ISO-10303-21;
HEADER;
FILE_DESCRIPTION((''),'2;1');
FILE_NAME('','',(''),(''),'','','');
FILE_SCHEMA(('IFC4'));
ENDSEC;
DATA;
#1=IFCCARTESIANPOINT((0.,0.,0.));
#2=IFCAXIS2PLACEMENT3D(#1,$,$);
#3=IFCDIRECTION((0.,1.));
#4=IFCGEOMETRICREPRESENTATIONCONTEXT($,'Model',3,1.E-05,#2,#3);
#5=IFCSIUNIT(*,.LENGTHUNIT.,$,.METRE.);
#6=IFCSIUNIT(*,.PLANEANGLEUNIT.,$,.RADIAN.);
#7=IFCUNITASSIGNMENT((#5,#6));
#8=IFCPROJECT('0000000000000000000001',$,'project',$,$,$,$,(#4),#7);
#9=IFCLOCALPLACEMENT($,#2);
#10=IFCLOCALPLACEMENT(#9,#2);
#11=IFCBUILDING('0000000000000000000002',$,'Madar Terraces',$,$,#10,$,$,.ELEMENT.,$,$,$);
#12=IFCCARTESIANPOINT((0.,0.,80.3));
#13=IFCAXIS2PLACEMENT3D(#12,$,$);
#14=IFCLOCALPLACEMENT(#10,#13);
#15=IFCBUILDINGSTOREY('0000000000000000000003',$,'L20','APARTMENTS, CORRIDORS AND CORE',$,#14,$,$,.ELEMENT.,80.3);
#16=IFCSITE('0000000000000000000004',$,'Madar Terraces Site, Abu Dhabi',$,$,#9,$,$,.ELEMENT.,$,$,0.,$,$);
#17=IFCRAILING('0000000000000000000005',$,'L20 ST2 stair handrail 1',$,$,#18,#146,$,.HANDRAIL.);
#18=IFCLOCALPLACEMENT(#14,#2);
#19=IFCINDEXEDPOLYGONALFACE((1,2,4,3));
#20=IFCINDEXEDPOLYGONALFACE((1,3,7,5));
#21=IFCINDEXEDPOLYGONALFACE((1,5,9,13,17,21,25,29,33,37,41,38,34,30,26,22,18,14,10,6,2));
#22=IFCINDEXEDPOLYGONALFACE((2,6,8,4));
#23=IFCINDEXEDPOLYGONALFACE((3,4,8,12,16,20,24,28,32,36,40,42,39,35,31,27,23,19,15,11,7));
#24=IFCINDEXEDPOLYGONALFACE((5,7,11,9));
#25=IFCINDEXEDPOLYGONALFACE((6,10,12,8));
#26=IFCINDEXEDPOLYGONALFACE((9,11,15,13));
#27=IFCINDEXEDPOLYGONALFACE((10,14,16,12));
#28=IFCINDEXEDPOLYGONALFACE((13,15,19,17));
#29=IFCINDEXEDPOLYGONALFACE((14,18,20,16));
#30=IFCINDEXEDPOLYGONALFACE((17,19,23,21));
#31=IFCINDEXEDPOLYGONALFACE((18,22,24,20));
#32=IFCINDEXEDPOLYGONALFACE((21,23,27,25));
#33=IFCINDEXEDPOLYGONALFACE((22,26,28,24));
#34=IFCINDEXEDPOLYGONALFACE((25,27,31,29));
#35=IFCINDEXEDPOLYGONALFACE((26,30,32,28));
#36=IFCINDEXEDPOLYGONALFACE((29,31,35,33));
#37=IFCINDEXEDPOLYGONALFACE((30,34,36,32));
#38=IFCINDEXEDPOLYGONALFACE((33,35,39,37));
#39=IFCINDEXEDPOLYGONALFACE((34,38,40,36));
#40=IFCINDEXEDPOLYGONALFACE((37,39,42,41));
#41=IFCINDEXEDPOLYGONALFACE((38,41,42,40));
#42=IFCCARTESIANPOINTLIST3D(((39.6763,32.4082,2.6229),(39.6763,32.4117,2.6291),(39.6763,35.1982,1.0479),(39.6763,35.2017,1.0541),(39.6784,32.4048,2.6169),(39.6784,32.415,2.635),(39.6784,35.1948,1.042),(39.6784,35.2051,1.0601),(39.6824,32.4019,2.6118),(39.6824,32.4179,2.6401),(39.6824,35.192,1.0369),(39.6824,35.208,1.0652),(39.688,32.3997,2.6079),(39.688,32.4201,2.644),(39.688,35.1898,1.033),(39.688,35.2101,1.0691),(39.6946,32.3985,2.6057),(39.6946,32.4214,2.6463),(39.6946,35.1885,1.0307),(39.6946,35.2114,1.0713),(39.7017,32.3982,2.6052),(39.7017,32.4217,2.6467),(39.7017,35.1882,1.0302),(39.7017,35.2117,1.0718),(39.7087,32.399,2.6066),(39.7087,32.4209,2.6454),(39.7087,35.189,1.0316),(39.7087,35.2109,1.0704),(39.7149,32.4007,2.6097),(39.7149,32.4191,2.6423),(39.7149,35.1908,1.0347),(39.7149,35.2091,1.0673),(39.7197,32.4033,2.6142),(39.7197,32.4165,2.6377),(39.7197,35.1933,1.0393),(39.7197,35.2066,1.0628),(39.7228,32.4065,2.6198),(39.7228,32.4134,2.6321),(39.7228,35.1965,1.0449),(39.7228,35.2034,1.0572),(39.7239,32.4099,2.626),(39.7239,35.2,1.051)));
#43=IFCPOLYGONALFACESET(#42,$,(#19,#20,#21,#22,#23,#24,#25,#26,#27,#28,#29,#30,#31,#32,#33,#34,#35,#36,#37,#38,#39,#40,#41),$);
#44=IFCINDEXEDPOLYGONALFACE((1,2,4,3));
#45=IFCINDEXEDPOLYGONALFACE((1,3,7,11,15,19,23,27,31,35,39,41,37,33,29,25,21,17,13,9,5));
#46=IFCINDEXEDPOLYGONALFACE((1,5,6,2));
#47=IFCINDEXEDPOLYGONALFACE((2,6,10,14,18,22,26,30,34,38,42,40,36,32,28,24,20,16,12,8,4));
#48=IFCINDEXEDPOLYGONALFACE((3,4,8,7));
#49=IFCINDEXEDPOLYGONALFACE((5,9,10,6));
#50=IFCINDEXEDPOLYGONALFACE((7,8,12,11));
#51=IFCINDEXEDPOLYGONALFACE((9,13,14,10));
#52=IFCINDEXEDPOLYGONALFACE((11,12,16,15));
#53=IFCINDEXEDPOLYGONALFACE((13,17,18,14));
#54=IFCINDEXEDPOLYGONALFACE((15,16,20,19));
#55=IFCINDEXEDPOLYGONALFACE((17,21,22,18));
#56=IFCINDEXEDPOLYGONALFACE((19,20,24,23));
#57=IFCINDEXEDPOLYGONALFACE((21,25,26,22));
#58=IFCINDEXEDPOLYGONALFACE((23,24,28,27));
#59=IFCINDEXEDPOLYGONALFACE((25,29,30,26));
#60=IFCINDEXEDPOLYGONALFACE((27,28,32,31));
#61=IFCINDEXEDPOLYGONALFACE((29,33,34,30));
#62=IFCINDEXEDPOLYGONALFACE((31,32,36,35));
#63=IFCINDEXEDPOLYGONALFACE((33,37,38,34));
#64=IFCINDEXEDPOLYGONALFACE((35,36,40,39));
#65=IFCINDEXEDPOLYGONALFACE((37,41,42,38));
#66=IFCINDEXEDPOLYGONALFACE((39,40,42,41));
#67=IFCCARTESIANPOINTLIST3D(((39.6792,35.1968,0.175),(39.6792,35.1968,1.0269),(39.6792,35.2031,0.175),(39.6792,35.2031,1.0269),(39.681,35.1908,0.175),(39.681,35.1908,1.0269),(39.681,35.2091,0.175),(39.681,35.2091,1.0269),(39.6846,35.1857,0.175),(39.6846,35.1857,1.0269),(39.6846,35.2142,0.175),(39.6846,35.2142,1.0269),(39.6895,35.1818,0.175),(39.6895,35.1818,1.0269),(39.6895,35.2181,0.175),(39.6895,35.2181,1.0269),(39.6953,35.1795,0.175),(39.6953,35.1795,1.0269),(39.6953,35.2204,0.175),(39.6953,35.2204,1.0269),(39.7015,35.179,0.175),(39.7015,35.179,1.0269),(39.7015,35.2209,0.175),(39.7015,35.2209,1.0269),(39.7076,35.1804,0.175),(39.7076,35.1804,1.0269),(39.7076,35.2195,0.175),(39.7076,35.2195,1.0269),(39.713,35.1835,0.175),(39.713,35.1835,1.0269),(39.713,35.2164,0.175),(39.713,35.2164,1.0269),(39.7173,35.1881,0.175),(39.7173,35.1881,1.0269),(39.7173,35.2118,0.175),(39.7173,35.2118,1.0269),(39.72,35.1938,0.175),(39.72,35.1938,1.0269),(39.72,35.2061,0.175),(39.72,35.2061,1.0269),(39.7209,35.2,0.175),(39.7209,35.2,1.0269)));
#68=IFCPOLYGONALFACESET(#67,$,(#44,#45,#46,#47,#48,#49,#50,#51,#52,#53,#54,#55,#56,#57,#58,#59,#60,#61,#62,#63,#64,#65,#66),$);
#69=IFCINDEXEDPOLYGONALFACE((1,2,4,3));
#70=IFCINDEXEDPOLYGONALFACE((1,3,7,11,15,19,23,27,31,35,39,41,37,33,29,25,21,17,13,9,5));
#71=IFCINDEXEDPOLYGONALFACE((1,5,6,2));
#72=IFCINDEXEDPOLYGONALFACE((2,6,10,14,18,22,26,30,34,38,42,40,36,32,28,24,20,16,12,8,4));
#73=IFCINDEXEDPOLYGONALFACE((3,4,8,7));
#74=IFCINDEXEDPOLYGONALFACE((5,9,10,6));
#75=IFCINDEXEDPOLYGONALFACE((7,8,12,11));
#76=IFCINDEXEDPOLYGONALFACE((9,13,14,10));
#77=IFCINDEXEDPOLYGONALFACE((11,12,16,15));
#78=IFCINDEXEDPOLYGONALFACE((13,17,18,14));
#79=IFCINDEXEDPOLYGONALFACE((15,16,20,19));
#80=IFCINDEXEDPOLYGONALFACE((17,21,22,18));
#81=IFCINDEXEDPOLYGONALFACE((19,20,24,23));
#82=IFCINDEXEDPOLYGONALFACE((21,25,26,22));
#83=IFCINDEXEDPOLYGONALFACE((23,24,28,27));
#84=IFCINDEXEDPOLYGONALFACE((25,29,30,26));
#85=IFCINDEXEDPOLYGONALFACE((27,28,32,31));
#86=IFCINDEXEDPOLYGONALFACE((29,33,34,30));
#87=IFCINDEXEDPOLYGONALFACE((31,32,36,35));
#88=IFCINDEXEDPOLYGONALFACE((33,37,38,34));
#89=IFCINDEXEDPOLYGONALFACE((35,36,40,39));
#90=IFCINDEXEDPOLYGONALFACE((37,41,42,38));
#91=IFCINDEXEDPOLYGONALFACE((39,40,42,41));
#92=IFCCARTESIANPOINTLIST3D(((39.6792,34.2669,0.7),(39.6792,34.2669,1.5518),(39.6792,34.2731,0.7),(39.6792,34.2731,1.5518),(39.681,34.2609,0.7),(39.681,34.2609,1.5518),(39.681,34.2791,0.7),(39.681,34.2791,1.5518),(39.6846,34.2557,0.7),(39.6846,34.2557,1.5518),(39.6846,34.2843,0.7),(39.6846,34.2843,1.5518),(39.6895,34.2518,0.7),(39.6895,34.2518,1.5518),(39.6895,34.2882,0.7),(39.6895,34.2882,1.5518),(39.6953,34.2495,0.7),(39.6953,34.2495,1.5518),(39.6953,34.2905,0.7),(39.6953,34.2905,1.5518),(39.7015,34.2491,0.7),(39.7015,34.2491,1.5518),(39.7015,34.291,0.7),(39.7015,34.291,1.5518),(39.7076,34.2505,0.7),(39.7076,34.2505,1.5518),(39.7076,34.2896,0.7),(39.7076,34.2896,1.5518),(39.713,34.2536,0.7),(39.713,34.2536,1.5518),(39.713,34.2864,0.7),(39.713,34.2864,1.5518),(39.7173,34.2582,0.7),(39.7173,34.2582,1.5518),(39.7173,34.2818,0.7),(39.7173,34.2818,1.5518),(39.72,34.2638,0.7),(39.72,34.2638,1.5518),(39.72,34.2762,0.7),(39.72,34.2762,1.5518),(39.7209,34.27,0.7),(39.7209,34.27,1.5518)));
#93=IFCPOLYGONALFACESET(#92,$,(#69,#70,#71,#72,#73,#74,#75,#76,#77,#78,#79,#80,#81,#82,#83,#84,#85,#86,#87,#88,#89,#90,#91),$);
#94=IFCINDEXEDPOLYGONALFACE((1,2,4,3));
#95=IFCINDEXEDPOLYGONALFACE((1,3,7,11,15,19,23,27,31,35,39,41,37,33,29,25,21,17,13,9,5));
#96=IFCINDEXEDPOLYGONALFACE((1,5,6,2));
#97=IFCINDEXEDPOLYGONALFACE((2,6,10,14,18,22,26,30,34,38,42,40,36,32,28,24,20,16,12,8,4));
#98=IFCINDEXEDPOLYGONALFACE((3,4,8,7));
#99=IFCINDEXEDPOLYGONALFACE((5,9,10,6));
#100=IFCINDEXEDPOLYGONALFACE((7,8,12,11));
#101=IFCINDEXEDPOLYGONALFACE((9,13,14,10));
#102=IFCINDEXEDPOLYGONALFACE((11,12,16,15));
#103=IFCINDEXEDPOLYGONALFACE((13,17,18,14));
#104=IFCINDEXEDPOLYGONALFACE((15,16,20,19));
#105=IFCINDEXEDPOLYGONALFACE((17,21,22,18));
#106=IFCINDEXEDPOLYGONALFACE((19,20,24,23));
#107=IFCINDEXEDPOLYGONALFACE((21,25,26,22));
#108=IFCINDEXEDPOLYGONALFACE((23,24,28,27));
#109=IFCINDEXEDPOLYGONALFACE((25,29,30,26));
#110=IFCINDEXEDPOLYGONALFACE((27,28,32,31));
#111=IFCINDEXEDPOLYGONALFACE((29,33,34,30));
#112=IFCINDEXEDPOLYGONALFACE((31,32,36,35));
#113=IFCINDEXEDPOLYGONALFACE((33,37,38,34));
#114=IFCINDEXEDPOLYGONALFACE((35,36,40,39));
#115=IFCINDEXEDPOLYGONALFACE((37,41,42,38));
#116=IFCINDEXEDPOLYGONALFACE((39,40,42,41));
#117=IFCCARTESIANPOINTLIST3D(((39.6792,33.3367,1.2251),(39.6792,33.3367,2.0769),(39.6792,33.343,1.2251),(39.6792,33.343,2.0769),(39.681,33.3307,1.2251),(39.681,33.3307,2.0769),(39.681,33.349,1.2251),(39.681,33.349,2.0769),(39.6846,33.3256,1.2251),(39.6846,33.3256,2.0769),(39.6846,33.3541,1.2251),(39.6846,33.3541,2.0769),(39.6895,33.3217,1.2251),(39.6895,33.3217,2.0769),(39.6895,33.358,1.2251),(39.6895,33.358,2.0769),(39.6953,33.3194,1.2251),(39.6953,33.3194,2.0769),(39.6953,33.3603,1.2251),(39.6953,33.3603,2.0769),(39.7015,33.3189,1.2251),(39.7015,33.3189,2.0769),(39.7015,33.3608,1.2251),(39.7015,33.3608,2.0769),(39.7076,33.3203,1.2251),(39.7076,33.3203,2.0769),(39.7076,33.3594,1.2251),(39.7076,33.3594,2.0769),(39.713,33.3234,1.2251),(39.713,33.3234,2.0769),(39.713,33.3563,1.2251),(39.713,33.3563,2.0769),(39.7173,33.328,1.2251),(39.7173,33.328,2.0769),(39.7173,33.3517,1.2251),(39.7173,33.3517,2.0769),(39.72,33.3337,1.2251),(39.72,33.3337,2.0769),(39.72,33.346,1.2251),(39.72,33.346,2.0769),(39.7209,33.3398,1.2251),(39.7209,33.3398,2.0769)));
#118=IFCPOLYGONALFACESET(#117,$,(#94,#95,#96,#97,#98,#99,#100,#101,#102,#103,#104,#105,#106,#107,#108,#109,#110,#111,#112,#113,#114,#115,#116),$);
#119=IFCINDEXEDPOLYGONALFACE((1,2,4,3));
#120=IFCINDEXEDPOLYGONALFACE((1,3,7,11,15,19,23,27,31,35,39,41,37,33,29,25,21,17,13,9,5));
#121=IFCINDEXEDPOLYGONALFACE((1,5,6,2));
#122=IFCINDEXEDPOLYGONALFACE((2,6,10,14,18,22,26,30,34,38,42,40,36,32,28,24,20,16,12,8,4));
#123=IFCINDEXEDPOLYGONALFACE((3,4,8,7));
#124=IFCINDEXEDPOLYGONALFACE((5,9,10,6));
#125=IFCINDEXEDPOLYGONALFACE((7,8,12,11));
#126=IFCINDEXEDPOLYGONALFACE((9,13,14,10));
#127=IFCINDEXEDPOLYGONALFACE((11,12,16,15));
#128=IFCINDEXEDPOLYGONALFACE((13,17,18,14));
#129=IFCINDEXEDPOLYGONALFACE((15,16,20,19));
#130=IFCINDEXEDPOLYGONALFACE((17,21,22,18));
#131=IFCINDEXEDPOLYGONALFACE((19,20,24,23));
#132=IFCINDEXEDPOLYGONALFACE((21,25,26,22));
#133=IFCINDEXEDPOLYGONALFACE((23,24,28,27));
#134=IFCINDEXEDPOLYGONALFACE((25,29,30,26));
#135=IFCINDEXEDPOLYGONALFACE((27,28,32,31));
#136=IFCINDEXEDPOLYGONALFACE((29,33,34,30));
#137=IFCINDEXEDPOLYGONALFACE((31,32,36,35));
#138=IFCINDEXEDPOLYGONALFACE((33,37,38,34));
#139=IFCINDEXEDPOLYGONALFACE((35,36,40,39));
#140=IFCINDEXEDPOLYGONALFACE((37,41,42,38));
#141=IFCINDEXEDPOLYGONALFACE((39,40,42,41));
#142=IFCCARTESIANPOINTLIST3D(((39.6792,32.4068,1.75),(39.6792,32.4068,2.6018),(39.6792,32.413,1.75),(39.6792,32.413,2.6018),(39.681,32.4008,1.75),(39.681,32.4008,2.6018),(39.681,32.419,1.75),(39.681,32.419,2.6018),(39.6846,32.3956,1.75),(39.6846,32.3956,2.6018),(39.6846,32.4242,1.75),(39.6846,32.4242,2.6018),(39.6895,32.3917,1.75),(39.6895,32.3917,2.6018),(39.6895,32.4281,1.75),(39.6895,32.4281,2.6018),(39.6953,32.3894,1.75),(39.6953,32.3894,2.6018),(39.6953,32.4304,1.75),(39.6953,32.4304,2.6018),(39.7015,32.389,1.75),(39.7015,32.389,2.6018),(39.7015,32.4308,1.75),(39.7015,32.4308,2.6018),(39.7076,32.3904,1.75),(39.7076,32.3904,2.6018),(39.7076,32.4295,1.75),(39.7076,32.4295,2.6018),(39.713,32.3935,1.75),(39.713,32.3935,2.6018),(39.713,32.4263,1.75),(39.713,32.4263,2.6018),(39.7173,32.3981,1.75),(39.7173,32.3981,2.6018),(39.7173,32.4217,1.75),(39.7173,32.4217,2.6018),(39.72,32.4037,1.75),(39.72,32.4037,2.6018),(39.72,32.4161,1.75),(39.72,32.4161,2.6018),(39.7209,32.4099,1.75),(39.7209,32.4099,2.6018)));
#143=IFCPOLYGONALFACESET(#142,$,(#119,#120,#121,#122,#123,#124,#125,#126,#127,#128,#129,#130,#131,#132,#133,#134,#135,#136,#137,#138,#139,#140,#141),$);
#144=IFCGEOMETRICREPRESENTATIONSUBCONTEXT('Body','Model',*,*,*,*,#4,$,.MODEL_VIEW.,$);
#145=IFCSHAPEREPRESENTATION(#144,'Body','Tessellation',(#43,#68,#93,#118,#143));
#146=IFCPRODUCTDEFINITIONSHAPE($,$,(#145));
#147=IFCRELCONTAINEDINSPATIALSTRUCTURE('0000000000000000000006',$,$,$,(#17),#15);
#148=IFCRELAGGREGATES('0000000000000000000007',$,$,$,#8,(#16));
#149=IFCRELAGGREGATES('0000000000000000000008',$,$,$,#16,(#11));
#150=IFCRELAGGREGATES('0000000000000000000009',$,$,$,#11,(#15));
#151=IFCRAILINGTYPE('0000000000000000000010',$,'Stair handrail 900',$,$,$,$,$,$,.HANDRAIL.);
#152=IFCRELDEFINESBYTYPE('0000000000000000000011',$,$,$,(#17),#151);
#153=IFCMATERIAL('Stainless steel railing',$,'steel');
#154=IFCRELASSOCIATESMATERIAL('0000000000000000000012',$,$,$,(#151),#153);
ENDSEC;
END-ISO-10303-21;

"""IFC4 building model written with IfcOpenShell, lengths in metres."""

from ifc_helpers import new_model, si_unit, direction, frame, origin, origin_2d, place, context, subcontext, project, spatial, circle, extrude, material, type_object, element, save


model = new_model("IFC4")

# Units and contexts
model_context = context("Model", 3, precision=1e-05, world=origin(), true_north=direction((0.0, 1.0)))
body_context = subcontext(model_context, "Body", "Model", "MODEL_VIEW")
ifc_project = project(units=[si_unit("LENGTHUNIT", "METRE"), si_unit("PLANEANGLEUNIT", "RADIAN")], contexts=[model_context])

# Site, building, storey
site_placement = place(None, origin())
site = spatial("IfcSite", under=ifc_project, at=site_placement, Name="Madar Terraces Site, Abu Dhabi", CompositionType="ELEMENT", RefElevation=0.0)
building_placement = place(site_placement, origin())
building = spatial("IfcBuilding", under=site, at=building_placement, Name="Madar Terraces", CompositionType="ELEMENT")
storey_placement = place(building_placement, frame((0.0, 0.0, 80.3)))
storey = spatial("IfcBuildingStorey", under=building, at=storey_placement, Name="L20", Description="APARTMENTS, CORRIDORS AND CORE", CompositionType="ELEMENT", Elevation=80.3)

# Railing
ifc_material_1 = material(Name="Stainless steel railing", Category="steel")
railing_type_1 = type_object("IfcRailingType", Name="Stair handrail 900", PredefinedType="HANDRAIL", material=ifc_material_1)
railing_1_placement = place(storey_placement, frame((39.7, 35.2, 0.175)))
element("IfcRailing", 1, at=railing_1_placement, inside=storey, type_object=railing_type_1, Name="L20 ST2 stair handrail 1", PredefinedType="HANDRAIL", context=body_context, shape_type="SweptSolid", body=[
    extrude(circle(Radius=0.0239, at=origin_2d()), frame((0.0, 0.0, 0.876), z_axis=(0.0, -0.870834, 0.491578), x_axis=(1.0, 0.0, 0.0)), (0.0, 0.0, 1.0), 3.2039),
    extrude(circle(Radius=0.021, at=origin_2d()), origin(), (0.0, 0.0, 1.0), 0.8518),
    extrude(circle(Radius=0.021, at=origin_2d()), frame((0.0, -0.9299, 0.5249)), (0.0, 0.0, 1.0), 0.8518),
    extrude(circle(Radius=0.021, at=origin_2d()), frame((0.0, -1.8601, 1.05)), (0.0, 0.0, 1.0), 0.8518),
    extrude(circle(Radius=0.021, at=origin_2d()), frame((0.0, -2.79, 1.575)), (0.0, 0.0, 1.0), 0.8518),
])

save(model, "model.ifc")
